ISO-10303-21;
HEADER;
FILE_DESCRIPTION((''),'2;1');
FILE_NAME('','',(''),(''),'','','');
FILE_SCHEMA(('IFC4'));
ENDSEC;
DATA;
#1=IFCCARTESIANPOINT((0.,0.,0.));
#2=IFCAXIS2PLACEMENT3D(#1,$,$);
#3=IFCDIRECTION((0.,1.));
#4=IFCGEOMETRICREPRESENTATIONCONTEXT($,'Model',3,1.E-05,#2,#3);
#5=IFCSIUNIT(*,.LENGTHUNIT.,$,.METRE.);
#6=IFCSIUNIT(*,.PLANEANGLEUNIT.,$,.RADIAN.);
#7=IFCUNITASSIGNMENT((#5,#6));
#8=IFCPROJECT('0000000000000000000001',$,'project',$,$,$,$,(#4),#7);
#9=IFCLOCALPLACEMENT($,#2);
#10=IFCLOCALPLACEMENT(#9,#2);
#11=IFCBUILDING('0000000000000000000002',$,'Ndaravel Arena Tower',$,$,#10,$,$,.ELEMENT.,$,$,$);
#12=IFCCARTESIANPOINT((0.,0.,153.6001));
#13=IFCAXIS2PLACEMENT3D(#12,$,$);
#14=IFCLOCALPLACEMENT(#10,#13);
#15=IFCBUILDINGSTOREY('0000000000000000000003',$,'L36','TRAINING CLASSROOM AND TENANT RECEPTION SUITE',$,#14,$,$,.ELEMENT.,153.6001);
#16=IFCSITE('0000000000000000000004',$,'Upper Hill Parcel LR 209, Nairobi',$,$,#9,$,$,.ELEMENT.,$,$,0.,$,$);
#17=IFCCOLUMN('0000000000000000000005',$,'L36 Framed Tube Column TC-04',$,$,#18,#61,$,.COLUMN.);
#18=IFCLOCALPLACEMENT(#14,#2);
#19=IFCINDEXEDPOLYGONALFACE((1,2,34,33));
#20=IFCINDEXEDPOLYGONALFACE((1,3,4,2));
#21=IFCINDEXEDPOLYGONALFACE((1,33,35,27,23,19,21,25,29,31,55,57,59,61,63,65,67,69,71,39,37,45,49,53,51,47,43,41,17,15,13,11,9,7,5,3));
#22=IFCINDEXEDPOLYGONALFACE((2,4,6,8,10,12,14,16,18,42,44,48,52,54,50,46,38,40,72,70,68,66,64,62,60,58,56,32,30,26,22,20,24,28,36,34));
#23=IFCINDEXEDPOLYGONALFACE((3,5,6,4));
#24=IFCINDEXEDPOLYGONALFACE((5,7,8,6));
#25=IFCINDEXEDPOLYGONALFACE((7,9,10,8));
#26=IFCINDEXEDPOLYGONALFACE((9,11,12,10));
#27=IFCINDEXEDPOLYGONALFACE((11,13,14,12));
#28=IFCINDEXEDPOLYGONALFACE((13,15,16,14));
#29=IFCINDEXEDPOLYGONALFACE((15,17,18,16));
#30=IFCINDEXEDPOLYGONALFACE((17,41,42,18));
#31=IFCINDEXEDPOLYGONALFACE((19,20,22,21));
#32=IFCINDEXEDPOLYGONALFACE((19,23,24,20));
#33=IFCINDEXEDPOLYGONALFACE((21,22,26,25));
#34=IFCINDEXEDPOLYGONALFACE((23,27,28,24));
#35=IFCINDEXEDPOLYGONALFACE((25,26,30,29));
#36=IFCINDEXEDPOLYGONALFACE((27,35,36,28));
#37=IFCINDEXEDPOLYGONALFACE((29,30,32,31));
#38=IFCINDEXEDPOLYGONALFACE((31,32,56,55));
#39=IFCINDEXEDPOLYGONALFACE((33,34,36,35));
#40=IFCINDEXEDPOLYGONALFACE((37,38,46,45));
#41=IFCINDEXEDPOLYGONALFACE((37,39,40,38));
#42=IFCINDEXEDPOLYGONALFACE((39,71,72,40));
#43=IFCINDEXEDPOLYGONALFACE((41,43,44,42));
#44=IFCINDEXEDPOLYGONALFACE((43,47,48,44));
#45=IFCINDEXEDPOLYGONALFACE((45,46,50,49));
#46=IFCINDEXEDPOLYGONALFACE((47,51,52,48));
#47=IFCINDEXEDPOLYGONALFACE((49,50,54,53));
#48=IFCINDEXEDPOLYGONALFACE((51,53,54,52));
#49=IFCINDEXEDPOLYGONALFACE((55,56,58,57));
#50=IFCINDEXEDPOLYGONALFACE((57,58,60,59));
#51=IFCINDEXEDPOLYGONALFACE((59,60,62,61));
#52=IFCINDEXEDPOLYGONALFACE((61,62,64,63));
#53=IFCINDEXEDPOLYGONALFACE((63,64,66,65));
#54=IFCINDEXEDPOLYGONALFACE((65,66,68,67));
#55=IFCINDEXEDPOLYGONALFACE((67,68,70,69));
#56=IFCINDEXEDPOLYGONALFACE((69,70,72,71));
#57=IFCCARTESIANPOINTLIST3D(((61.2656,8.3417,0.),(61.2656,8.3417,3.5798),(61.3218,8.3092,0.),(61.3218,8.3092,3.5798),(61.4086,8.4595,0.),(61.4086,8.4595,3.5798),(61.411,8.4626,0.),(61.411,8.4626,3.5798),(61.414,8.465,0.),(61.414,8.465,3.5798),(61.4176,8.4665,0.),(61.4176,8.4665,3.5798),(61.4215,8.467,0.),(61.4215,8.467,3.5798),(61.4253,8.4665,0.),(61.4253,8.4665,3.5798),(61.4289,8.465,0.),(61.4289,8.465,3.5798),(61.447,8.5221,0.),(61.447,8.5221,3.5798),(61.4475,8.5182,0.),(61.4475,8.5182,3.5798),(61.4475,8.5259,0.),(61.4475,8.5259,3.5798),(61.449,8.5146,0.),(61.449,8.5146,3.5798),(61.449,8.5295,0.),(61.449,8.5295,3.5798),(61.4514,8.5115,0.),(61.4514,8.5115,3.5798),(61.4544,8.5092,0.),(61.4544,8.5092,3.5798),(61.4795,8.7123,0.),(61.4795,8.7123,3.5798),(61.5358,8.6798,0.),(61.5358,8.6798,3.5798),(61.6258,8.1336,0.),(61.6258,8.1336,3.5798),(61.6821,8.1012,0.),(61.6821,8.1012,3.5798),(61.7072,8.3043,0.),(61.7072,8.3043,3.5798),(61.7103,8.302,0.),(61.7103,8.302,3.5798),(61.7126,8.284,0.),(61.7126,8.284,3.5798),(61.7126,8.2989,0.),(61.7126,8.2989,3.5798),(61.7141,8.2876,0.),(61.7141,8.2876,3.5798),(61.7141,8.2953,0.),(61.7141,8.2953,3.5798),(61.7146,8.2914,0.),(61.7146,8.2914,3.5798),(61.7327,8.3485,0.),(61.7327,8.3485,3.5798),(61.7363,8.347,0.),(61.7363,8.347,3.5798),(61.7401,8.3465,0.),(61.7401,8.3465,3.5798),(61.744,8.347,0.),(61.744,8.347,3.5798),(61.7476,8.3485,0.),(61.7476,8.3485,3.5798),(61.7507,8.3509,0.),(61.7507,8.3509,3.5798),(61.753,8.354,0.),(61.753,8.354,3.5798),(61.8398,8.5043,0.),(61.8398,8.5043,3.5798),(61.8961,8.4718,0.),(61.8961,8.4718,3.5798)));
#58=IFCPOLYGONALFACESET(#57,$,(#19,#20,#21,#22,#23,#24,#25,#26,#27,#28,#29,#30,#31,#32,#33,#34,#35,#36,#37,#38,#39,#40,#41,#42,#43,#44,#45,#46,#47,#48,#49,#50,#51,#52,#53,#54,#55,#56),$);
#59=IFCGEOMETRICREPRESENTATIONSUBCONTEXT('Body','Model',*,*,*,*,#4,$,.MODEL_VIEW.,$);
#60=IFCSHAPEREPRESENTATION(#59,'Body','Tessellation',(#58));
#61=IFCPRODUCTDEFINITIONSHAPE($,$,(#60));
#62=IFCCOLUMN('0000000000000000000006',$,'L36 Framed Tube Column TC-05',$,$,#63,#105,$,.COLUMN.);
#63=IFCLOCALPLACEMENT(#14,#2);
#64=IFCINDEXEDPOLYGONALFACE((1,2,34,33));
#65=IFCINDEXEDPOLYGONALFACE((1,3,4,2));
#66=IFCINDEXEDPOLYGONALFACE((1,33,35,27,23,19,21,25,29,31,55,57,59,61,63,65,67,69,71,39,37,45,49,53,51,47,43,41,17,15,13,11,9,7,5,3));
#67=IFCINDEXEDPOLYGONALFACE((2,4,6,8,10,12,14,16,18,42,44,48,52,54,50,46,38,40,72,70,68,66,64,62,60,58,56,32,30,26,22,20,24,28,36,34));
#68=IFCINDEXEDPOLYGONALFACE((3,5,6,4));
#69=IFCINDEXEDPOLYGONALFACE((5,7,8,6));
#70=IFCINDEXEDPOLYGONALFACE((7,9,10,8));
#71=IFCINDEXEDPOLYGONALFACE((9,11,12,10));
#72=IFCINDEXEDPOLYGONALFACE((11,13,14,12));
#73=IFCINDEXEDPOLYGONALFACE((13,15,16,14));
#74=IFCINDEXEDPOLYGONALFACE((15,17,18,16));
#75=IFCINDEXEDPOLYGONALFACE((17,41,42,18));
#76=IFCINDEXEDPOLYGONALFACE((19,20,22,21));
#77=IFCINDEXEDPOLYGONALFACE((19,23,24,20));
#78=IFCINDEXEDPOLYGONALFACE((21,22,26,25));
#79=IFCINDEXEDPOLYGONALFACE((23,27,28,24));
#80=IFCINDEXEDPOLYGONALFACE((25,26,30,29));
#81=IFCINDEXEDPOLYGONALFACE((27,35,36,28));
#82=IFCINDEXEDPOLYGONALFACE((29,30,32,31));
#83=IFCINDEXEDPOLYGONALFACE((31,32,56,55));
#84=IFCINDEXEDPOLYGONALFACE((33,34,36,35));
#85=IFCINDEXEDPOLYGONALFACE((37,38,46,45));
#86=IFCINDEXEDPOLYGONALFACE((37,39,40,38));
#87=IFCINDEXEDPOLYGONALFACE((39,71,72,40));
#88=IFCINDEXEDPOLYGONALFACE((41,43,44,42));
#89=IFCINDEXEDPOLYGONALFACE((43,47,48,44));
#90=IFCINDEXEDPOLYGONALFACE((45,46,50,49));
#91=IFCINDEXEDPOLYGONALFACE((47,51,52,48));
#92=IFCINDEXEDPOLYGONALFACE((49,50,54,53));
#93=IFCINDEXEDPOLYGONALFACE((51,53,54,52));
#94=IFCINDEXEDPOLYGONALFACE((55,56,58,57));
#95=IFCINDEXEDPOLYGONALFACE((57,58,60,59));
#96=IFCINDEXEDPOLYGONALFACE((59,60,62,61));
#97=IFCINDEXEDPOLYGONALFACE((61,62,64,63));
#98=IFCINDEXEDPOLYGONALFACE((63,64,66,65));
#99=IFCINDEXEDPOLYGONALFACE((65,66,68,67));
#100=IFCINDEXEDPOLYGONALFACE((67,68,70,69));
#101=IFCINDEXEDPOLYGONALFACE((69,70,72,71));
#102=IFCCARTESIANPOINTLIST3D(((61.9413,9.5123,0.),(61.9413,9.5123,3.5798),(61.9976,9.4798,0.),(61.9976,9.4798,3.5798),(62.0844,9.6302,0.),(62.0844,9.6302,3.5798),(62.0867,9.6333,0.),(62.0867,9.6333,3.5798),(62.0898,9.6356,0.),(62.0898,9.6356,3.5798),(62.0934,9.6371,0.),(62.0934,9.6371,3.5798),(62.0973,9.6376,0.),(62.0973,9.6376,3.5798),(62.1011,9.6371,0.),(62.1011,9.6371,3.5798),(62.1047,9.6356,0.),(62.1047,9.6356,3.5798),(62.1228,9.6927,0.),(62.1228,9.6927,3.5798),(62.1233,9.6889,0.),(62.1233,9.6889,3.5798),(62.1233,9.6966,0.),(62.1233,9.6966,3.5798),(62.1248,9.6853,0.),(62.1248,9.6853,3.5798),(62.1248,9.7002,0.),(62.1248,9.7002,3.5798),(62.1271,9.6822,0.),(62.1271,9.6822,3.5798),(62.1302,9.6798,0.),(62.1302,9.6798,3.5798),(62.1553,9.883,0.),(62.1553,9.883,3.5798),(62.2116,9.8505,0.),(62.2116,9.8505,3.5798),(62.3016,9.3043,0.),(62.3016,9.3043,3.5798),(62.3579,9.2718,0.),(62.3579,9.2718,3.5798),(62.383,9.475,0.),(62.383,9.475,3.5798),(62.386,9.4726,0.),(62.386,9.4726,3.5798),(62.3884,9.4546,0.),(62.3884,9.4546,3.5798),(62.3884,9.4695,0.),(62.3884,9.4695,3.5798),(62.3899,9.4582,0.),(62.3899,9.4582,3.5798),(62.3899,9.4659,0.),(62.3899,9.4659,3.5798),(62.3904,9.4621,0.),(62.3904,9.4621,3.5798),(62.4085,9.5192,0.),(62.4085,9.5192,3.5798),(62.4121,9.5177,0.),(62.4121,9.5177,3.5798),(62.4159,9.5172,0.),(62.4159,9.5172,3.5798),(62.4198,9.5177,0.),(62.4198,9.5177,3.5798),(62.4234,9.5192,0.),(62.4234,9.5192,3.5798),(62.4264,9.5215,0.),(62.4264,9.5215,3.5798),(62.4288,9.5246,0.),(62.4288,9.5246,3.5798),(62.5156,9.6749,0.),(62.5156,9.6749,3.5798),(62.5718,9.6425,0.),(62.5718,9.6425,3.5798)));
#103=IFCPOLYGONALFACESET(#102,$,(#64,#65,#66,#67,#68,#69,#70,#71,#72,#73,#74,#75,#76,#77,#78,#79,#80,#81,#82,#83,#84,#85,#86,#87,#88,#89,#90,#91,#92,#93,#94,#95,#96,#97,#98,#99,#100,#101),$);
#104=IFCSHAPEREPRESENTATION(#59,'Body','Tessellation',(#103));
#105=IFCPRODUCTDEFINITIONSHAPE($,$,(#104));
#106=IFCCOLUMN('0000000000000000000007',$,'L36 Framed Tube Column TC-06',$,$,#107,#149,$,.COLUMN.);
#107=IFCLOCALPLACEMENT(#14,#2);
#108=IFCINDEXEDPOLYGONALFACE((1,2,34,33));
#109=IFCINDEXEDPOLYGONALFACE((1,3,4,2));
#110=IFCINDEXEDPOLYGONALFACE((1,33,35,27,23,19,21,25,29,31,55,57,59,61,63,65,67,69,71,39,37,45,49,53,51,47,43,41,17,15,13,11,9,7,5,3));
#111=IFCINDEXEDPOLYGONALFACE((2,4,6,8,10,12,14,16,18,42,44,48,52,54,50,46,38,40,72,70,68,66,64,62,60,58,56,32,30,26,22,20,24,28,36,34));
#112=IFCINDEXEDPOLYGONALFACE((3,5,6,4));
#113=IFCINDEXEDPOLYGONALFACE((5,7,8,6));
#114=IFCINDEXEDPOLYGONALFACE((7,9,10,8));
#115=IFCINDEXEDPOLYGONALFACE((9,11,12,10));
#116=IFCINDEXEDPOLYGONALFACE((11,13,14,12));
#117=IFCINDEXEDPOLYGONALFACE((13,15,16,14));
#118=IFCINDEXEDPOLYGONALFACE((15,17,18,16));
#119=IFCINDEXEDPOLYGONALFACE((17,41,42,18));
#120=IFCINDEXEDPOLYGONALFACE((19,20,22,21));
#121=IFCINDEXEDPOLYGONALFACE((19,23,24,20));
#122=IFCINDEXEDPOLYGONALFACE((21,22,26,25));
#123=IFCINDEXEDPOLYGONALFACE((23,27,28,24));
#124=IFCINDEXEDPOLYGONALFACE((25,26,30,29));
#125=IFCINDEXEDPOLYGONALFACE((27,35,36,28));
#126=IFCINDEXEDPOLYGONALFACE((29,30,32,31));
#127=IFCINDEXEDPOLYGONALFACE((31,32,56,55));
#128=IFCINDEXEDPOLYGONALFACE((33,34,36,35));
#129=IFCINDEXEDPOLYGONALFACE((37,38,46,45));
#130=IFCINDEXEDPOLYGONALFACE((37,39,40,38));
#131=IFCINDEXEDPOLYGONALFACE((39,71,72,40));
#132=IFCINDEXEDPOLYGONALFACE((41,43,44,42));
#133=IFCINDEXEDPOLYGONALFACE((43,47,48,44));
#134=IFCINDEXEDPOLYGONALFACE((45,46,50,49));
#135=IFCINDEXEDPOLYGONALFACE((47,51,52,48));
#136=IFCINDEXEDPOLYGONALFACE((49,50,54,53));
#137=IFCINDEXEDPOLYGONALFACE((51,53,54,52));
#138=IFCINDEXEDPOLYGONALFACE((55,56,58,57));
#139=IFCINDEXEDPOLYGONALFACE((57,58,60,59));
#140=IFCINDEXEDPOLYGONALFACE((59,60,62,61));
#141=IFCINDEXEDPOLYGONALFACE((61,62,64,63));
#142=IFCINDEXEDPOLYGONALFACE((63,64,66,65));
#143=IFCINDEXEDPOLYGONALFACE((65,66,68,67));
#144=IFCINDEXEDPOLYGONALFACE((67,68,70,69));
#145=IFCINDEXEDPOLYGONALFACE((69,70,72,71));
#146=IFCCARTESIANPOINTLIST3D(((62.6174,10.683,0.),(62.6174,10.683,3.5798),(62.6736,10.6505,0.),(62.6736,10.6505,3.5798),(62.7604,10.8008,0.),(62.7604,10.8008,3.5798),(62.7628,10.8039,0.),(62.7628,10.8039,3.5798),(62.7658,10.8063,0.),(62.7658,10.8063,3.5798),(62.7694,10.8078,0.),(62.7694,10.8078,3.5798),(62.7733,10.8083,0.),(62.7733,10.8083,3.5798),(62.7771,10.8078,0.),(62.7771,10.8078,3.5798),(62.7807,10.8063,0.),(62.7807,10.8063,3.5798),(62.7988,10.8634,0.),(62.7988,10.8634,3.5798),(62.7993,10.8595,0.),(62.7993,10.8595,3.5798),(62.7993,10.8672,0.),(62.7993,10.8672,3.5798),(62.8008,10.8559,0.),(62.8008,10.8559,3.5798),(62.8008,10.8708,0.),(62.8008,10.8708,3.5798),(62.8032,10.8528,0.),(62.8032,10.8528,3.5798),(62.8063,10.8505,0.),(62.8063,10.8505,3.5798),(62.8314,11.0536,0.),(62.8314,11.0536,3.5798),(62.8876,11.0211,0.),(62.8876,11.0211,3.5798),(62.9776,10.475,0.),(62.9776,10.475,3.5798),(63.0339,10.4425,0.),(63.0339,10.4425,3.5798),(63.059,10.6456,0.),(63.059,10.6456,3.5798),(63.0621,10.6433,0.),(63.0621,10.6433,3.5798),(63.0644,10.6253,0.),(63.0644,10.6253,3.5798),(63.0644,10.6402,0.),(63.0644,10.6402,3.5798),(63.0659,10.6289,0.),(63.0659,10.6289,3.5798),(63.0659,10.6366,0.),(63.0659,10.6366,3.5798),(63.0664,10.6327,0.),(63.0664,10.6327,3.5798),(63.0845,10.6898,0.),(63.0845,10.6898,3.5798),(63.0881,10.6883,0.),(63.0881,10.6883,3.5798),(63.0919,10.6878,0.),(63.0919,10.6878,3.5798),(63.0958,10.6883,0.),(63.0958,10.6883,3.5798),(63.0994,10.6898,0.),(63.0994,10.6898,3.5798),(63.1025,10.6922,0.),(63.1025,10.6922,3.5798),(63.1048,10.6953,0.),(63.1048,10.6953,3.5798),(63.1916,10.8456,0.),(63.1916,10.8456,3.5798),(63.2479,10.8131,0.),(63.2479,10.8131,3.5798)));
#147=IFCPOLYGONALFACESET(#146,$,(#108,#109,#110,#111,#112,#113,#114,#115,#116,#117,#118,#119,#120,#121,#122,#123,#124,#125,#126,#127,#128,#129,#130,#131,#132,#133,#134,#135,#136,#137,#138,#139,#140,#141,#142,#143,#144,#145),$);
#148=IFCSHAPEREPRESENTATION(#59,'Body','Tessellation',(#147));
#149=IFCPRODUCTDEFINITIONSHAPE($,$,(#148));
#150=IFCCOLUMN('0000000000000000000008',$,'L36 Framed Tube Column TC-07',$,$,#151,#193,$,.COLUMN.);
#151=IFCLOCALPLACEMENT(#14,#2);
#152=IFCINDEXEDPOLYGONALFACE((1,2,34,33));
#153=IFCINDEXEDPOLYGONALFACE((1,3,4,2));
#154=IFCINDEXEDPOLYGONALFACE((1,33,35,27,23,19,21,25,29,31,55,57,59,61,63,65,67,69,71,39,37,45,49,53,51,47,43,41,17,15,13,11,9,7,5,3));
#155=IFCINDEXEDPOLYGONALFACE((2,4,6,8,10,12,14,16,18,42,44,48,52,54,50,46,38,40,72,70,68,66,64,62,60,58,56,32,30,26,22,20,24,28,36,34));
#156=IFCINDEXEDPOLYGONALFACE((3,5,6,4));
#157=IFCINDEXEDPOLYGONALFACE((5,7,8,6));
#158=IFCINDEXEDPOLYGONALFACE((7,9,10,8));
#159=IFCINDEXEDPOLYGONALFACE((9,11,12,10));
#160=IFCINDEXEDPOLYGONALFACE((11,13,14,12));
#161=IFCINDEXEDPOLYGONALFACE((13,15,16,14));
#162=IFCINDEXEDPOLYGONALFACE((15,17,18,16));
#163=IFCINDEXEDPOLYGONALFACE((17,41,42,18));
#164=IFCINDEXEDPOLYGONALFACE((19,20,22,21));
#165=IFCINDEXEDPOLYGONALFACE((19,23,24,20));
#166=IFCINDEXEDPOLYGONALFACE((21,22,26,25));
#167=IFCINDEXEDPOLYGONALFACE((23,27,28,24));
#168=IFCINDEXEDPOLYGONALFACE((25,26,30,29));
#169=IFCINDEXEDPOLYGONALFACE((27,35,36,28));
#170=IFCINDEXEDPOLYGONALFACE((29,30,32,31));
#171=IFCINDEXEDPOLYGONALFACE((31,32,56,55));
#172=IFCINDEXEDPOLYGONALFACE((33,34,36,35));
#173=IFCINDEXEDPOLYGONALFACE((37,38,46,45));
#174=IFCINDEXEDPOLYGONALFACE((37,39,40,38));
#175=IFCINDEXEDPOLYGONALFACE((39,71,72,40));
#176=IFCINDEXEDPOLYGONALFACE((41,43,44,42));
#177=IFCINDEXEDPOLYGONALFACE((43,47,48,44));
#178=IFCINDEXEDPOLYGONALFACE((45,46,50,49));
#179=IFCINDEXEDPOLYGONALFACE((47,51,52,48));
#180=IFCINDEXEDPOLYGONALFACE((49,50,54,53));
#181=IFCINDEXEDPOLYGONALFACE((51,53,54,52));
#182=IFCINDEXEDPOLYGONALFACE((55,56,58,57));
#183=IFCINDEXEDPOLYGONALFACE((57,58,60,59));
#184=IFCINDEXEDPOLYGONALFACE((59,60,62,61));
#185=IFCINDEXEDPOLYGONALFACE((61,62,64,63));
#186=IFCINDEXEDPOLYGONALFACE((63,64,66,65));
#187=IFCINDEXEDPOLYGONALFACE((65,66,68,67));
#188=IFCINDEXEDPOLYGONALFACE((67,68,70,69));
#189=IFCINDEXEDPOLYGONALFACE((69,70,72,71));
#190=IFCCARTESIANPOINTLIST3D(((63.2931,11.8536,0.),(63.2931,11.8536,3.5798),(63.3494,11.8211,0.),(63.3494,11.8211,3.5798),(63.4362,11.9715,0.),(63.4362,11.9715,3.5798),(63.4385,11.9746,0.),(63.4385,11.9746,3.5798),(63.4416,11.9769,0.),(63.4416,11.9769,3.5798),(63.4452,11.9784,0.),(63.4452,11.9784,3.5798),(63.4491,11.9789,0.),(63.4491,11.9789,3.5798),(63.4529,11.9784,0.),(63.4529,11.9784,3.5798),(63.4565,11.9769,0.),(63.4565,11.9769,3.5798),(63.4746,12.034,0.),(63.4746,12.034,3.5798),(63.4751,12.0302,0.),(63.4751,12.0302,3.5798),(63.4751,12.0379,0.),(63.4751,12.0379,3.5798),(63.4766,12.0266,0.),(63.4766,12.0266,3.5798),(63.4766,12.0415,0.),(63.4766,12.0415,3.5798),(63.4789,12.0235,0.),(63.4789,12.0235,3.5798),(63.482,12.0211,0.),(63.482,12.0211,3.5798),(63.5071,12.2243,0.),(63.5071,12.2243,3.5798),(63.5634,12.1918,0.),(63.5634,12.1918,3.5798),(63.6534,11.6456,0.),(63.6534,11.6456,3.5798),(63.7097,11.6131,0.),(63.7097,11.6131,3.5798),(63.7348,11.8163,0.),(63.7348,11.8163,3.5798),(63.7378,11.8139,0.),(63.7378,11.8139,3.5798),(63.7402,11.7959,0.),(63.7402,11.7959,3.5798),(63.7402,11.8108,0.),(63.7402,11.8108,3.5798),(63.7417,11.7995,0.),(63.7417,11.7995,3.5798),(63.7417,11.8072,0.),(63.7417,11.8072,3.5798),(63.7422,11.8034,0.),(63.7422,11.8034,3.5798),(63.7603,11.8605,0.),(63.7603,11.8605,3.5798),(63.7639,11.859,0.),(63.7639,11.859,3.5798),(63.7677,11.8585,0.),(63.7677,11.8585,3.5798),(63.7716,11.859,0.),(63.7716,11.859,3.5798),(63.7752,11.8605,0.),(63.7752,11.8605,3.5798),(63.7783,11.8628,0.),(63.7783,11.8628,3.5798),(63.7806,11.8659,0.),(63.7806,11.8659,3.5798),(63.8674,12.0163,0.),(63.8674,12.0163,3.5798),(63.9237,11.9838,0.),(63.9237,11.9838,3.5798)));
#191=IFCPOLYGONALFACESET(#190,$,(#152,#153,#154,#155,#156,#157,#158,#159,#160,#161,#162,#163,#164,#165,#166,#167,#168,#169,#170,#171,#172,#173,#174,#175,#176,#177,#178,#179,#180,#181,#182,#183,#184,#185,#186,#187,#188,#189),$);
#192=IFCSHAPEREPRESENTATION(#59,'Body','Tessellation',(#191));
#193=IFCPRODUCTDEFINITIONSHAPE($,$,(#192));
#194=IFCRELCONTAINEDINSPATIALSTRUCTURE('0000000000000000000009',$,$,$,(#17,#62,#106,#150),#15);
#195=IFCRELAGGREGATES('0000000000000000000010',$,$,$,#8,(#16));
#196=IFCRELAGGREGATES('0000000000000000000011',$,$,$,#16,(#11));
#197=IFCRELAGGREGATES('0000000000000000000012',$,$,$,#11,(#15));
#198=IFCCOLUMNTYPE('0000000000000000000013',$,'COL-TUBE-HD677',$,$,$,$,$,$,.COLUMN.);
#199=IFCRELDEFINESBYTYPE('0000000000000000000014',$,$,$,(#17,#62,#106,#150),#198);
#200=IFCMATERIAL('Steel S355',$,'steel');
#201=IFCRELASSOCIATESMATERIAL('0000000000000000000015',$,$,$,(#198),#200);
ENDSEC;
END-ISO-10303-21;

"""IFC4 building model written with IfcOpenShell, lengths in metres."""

from ifc_helpers import new_model, si_unit, direction, frame, origin, origin_2d, place, context, subcontext, project, spatial, i_section, extrude, material, material_profile, profile_set, type_object, element, save


model = new_model("IFC4")

# Units and contexts
model_context = context("Model", 3, precision=1e-05, world=origin(), true_north=direction((0.0, 1.0)))
body_context = subcontext(model_context, "Body", "Model", "MODEL_VIEW")
ifc_project = project(units=[si_unit("LENGTHUNIT", "METRE"), si_unit("PLANEANGLEUNIT", "RADIAN")], contexts=[model_context])

# Site, building, storey
site_placement = place(None, origin())
site = spatial("IfcSite", under=ifc_project, at=site_placement, Name="Upper Hill Parcel LR 209, Nairobi", CompositionType="ELEMENT", RefElevation=0.0)
building_placement = place(site_placement, origin())
building = spatial("IfcBuilding", under=site, at=building_placement, Name="Ndaravel Arena Tower", CompositionType="ELEMENT")
storey_placement = place(building_placement, frame((0.0, 0.0, 153.6001)))
storey = spatial("IfcBuildingStorey", under=building, at=storey_placement, Name="L36", Description="TRAINING CLASSROOM AND TENANT RECEPTION SUITE", CompositionType="ELEMENT", Elevation=153.6001)

# Columns
ifc_material_1 = material(Name="Steel S355", Category="steel")
ifc_material_profile_1 = material_profile(ifc_material_1, i_section(OverallWidth=0.428, OverallDepth=0.481, WebThickness=0.051, FlangeThickness=0.0649, FilletRadius=0.0149, at=origin_2d()), Name="HD 400x677")
ifc_profile_set_1 = profile_set([ifc_material_profile_1], Name="Steel S355")
column_type = type_object("IfcColumnType", Name="COL-TUBE-HD677", PredefinedType="COLUMN", material=ifc_profile_set_1)
for number, where, z_axis, x_axis, name in (
    (1, (61.5808, 8.4067, 0.0), (0.0, 0.0, 1.0), (0.5, 0.866025, 0.0), "L36 Framed Tube Column TC-04"),
    (2, (62.2566, 9.5774, 0.0), (0.0, 0.0, 1.0), (0.5, 0.866025, 0.0), "L36 Framed Tube Column TC-05"),
    (3, (62.9326, 10.748, 0.0), (0.0, 0.0, 1.0), (0.5, 0.866025, 0.0), "L36 Framed Tube Column TC-06"),
    (4, (63.6084, 11.9187, 0.0), (0.0, 0.0, 1.0), (0.5, 0.866025, 0.0), "L36 Framed Tube Column TC-07"),
):
    element("IfcColumn", number, at=place(storey_placement, frame(where, z_axis=z_axis, x_axis=x_axis)), inside=storey, type_object=column_type, Name=name, PredefinedType="COLUMN", context=body_context, shape_type="SweptSolid", body=[
        extrude(i_section(OverallWidth=0.428, OverallDepth=0.481, WebThickness=0.051, FlangeThickness=0.0649, FilletRadius=0.0149, at=origin_2d()), origin(), (0.0, 0.0, 1.0), 3.5798),
    ])

save(model, "model.ifc")
